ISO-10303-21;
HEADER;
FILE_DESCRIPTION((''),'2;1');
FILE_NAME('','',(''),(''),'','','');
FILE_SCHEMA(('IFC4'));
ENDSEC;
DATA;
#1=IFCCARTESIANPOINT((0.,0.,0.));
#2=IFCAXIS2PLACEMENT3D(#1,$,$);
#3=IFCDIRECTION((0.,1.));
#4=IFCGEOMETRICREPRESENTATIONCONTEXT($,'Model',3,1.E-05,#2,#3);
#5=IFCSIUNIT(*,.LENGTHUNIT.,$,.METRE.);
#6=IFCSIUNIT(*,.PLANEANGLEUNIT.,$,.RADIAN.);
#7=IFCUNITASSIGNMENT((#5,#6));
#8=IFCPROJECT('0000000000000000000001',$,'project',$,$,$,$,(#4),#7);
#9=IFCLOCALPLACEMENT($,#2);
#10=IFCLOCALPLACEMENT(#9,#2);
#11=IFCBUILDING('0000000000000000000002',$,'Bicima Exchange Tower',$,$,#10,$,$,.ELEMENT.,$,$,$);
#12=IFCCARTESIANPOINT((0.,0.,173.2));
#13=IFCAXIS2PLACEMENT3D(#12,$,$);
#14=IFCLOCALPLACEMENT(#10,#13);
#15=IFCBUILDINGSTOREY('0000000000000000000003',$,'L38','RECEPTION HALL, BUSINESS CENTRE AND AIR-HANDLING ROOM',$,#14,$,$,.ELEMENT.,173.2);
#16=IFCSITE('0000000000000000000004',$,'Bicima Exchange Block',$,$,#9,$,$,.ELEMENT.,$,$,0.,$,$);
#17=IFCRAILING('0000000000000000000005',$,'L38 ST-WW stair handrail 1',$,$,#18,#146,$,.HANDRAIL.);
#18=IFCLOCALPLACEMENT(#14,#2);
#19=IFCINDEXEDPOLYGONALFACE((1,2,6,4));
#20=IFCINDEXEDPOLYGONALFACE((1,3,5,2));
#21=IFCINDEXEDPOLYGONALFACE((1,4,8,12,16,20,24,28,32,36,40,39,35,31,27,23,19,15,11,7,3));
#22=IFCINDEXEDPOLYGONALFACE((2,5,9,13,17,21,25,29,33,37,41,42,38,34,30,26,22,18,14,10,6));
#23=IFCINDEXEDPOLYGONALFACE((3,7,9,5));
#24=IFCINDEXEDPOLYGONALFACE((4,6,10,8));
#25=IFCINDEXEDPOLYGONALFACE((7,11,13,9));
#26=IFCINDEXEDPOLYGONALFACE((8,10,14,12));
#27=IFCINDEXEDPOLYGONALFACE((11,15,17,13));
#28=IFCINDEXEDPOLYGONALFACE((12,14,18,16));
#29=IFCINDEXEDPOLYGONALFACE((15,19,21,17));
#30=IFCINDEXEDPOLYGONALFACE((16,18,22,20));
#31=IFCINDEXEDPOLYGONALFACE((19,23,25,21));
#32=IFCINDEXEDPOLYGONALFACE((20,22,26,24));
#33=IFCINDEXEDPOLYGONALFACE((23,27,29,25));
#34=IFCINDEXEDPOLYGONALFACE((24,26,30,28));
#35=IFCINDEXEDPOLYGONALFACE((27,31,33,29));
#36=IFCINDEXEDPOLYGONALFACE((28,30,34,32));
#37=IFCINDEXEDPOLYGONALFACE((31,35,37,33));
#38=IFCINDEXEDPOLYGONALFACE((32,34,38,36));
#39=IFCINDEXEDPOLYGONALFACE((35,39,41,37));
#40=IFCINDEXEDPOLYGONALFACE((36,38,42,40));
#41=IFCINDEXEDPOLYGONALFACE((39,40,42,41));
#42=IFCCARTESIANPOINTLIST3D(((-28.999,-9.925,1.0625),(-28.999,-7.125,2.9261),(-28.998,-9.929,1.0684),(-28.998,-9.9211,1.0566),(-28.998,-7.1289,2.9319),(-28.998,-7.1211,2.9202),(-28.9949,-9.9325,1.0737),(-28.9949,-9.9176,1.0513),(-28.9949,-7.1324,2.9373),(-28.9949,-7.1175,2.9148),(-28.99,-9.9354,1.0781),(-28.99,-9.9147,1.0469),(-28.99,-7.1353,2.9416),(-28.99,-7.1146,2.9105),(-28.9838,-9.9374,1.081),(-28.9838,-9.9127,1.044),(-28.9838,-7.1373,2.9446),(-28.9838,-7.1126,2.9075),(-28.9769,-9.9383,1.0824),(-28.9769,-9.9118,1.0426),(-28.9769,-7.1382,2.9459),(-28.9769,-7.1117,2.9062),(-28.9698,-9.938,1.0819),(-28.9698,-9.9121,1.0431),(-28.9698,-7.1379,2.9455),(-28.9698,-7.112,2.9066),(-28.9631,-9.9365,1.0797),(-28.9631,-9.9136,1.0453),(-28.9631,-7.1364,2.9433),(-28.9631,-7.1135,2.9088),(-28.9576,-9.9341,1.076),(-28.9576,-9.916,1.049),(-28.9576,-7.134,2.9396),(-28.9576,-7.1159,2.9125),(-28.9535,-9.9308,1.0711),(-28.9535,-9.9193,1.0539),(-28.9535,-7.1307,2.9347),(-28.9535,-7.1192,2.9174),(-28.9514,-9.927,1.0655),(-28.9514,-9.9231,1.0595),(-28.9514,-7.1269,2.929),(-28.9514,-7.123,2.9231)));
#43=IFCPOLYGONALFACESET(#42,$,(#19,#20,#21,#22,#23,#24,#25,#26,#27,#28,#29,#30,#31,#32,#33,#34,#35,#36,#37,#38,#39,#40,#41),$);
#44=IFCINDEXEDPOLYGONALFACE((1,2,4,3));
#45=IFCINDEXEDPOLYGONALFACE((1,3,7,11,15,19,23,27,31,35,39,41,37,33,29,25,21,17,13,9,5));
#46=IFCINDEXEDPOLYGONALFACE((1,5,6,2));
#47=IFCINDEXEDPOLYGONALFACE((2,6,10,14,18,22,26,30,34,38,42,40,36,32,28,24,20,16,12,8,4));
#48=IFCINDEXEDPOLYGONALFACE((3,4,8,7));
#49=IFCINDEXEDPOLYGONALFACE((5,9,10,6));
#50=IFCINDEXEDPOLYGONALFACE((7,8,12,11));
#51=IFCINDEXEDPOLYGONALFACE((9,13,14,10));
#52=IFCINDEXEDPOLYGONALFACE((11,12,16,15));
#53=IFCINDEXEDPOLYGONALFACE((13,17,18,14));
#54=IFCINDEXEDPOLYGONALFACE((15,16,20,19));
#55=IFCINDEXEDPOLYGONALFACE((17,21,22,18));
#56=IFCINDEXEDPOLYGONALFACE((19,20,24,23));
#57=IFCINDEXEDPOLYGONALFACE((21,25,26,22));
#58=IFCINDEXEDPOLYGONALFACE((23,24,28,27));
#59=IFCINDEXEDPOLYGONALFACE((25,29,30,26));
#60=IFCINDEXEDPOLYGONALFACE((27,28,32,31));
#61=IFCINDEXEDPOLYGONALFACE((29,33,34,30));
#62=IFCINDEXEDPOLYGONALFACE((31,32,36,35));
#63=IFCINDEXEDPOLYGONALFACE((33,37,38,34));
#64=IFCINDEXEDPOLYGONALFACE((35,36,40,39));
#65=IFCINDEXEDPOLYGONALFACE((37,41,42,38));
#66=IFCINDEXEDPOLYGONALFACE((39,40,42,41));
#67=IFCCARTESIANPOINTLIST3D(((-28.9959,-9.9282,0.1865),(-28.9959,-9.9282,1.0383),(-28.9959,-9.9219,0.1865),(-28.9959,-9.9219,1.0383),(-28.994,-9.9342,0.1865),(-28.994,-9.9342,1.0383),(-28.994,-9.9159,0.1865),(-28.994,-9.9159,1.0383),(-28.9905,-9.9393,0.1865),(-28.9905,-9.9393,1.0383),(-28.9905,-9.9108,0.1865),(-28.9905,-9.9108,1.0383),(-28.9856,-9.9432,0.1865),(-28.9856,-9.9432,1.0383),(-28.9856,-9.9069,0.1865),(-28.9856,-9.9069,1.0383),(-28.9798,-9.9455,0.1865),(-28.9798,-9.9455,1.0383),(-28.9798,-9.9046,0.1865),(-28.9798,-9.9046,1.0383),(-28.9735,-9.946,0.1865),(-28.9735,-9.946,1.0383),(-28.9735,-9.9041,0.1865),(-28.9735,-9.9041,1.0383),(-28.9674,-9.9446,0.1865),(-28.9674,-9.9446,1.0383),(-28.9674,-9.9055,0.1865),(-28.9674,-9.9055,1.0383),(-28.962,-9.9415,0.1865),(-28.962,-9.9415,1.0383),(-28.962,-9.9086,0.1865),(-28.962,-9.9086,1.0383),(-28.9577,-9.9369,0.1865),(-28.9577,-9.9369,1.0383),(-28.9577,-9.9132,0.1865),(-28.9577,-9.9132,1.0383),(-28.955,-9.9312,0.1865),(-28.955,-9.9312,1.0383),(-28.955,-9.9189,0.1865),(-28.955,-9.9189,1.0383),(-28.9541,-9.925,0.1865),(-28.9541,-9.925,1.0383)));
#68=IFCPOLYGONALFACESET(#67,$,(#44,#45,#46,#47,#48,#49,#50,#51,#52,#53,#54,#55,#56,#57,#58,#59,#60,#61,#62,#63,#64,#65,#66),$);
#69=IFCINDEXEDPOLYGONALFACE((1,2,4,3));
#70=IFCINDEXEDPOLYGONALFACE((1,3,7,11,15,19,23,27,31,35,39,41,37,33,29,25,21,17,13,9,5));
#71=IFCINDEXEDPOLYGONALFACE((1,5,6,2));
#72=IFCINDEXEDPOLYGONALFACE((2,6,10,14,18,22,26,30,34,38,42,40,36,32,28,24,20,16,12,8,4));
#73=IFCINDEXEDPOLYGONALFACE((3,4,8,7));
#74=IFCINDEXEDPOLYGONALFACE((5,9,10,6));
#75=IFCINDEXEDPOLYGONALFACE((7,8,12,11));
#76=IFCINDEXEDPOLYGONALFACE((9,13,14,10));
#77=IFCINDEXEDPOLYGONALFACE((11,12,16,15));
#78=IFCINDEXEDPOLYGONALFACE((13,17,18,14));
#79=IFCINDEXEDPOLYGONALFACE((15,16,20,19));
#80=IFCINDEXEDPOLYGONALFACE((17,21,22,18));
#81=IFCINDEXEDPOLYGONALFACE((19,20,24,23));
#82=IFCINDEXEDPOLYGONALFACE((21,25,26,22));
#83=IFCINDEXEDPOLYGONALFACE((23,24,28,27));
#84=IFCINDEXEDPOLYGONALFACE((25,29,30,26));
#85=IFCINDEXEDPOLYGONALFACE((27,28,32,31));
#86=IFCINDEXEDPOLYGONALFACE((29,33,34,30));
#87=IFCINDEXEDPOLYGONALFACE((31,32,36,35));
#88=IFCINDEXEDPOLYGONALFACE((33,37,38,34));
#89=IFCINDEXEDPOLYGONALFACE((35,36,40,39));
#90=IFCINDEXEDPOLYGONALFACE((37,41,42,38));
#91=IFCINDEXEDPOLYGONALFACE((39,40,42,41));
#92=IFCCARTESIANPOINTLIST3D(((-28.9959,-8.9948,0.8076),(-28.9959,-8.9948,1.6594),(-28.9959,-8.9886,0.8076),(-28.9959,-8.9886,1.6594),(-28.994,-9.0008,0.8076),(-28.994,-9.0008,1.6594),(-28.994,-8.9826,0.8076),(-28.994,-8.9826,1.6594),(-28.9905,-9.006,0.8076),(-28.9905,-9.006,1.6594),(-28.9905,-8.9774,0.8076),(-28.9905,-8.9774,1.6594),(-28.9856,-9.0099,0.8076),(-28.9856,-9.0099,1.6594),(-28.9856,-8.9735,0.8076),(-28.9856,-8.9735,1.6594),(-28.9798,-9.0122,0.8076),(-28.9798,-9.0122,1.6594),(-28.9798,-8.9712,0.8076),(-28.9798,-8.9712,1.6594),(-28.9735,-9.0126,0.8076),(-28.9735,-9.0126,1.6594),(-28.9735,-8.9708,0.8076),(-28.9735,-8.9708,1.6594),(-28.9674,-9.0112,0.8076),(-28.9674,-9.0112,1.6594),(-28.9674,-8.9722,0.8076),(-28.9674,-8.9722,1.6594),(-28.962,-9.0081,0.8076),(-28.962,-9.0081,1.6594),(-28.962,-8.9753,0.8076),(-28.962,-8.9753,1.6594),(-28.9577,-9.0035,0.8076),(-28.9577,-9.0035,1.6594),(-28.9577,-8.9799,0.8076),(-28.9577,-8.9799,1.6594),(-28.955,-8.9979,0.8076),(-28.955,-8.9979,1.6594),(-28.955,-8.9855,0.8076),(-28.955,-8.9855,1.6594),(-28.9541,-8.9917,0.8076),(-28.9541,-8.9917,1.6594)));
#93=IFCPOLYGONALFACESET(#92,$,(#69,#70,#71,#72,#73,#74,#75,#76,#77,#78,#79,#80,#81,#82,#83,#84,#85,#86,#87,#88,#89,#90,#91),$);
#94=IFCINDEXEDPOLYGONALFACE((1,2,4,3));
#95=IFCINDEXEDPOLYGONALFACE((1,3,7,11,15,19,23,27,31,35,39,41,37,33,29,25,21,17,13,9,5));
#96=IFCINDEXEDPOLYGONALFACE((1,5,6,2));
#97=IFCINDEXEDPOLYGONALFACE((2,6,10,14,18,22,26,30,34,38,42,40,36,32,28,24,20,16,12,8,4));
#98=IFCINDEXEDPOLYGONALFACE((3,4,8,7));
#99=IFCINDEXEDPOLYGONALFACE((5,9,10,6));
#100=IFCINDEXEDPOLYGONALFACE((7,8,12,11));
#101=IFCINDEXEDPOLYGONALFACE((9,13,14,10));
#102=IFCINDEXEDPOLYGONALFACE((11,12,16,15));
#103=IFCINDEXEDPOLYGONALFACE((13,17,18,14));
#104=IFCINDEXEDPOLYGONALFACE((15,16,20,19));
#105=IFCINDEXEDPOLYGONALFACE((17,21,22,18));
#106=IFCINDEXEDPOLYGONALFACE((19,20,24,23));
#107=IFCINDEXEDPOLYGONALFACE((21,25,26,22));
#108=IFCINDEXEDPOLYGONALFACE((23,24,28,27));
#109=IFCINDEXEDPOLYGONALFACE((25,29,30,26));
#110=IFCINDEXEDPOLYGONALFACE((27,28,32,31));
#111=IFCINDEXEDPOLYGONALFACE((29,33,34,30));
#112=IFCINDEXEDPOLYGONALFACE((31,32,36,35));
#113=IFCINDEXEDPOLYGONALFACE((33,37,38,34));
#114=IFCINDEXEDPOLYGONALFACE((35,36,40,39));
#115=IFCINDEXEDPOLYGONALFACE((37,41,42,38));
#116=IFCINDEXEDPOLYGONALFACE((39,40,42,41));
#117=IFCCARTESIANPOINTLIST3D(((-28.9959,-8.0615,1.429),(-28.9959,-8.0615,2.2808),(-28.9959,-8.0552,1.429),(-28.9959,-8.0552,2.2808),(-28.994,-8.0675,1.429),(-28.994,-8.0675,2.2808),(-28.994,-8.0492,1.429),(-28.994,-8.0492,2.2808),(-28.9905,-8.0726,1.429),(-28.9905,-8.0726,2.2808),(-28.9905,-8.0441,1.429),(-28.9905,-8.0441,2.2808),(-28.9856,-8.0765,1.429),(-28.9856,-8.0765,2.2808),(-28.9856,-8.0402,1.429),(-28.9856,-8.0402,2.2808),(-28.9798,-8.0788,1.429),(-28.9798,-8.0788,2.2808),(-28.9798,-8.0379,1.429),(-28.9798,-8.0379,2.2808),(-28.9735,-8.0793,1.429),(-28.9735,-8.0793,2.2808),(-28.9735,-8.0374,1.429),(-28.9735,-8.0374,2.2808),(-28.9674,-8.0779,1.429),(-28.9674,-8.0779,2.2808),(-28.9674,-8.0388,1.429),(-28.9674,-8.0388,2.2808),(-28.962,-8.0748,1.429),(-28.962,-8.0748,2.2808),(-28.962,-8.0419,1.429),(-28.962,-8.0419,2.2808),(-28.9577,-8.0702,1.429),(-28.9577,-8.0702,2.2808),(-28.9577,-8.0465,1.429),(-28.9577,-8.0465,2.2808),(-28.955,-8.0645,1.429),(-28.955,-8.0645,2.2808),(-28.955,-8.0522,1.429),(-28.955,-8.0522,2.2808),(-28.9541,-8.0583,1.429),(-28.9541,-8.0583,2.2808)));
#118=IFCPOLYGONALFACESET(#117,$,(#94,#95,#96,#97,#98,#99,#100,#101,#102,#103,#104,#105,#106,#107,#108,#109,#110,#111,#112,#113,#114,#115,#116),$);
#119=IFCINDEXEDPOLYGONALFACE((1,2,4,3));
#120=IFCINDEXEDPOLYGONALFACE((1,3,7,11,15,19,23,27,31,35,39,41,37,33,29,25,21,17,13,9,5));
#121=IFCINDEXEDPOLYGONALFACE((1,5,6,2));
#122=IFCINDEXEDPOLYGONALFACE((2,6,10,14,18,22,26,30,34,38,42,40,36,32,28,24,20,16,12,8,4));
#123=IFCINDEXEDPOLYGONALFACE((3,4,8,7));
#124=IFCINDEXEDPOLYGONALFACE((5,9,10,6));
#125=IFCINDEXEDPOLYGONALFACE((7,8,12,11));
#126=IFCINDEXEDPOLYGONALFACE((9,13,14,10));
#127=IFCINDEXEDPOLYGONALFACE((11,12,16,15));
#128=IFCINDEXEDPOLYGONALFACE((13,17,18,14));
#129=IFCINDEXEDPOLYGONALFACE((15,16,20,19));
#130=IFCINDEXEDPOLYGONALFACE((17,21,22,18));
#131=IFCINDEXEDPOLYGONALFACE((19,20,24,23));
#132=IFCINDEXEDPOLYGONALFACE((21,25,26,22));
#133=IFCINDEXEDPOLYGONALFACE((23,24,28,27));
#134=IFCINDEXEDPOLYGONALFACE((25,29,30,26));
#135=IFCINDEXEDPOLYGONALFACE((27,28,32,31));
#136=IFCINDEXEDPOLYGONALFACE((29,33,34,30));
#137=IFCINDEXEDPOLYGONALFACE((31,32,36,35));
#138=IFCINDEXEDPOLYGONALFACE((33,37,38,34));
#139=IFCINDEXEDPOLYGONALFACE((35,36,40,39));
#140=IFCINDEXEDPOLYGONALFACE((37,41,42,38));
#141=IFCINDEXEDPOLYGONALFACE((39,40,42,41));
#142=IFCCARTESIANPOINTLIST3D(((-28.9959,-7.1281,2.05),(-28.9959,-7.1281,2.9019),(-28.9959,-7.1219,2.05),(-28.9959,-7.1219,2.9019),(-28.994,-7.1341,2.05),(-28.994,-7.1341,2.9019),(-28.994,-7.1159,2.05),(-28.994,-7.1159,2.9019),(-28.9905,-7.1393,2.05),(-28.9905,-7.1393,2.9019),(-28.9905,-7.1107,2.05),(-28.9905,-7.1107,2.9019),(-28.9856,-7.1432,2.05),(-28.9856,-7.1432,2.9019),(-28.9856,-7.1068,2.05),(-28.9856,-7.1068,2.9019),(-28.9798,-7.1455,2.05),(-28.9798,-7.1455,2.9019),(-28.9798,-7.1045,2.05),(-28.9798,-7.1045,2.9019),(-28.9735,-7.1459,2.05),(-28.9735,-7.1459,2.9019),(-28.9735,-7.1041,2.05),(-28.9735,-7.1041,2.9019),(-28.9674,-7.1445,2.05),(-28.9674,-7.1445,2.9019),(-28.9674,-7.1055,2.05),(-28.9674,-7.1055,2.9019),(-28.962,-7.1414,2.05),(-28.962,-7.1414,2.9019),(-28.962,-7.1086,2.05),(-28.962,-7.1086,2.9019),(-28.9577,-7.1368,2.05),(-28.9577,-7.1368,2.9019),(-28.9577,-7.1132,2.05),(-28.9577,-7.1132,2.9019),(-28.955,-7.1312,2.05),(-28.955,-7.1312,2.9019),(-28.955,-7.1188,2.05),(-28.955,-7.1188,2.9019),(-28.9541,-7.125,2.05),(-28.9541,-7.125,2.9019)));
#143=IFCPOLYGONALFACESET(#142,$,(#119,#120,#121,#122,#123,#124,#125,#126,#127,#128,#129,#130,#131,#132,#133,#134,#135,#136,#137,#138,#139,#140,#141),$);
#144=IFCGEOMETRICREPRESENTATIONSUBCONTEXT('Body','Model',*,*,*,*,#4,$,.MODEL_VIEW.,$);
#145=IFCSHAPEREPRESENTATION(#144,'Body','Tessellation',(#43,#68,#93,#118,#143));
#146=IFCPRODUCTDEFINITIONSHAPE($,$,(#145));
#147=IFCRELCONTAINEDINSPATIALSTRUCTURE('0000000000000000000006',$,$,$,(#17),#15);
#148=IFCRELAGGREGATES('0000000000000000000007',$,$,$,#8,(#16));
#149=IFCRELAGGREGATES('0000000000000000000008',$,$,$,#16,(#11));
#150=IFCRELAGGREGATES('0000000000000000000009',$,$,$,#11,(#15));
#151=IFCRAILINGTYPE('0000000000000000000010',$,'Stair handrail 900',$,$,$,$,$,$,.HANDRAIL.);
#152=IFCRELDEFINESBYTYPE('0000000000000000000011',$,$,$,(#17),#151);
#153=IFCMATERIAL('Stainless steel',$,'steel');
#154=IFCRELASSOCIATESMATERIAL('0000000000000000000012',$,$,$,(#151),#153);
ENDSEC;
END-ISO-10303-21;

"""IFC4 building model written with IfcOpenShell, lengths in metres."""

from ifc_helpers import new_model, si_unit, direction, frame, origin, origin_2d, place, context, subcontext, project, spatial, circle, extrude, material, type_object, element, save


model = new_model("IFC4")

# Units and contexts
model_context = context("Model", 3, precision=1e-05, world=origin(), true_north=direction((0.0, 1.0)))
body_context = subcontext(model_context, "Body", "Model", "MODEL_VIEW")
ifc_project = project(units=[si_unit("LENGTHUNIT", "METRE"), si_unit("PLANEANGLEUNIT", "RADIAN")], contexts=[model_context])

# Site, building, storey
site_placement = place(None, origin())
site = spatial("IfcSite", under=ifc_project, at=site_placement, Name="Bicima Exchange Block", CompositionType="ELEMENT", RefElevation=0.0)
building_placement = place(site_placement, origin())
building = spatial("IfcBuilding", under=site, at=building_placement, Name="Bicima Exchange Tower", CompositionType="ELEMENT")
storey_placement = place(building_placement, frame((0.0, 0.0, 173.2)))
storey = spatial("IfcBuildingStorey", under=building, at=storey_placement, Name="L38", Description="RECEPTION HALL, BUSINESS CENTRE AND AIR-HANDLING ROOM", CompositionType="ELEMENT", Elevation=173.2)

# Railing
ifc_material_1 = material(Name="Stainless steel", Category="steel")
railing_type_1 = type_object("IfcRailingType", Name="Stair handrail 900", PredefinedType="HANDRAIL", material=ifc_material_1)
railing_1_placement = place(storey_placement, frame((-28.9751, -9.925, 0.1865)))
element("IfcRailing", 1, at=railing_1_placement, inside=storey, type_object=railing_type_1, Name="L38 ST-WW stair handrail 1", PredefinedType="HANDRAIL", context=body_context, shape_type="SweptSolid", body=[
    extrude(circle(Radius=0.0239, at=origin_2d()), frame((0.0, 0.0, 0.876), z_axis=(0.0, 0.832486, 0.554047), x_axis=(-1.0, 0.0, 0.0)), (0.0, 0.0, 1.0), 3.3635),
    extrude(circle(Radius=0.021, at=origin_2d()), origin(), (0.0, 0.0, 1.0), 0.8518),
    extrude(circle(Radius=0.021, at=origin_2d()), frame((0.0, 0.9333, 0.6211)), (0.0, 0.0, 1.0), 0.8518),
    extrude(circle(Radius=0.021, at=origin_2d()), frame((0.0, 1.8667, 1.2424)), (0.0, 0.0, 1.0), 0.8518),
    extrude(circle(Radius=0.021, at=origin_2d()), frame((0.0, 2.8, 1.8635)), (0.0, 0.0, 1.0), 0.8518),
])

save(model, "model.ifc")
